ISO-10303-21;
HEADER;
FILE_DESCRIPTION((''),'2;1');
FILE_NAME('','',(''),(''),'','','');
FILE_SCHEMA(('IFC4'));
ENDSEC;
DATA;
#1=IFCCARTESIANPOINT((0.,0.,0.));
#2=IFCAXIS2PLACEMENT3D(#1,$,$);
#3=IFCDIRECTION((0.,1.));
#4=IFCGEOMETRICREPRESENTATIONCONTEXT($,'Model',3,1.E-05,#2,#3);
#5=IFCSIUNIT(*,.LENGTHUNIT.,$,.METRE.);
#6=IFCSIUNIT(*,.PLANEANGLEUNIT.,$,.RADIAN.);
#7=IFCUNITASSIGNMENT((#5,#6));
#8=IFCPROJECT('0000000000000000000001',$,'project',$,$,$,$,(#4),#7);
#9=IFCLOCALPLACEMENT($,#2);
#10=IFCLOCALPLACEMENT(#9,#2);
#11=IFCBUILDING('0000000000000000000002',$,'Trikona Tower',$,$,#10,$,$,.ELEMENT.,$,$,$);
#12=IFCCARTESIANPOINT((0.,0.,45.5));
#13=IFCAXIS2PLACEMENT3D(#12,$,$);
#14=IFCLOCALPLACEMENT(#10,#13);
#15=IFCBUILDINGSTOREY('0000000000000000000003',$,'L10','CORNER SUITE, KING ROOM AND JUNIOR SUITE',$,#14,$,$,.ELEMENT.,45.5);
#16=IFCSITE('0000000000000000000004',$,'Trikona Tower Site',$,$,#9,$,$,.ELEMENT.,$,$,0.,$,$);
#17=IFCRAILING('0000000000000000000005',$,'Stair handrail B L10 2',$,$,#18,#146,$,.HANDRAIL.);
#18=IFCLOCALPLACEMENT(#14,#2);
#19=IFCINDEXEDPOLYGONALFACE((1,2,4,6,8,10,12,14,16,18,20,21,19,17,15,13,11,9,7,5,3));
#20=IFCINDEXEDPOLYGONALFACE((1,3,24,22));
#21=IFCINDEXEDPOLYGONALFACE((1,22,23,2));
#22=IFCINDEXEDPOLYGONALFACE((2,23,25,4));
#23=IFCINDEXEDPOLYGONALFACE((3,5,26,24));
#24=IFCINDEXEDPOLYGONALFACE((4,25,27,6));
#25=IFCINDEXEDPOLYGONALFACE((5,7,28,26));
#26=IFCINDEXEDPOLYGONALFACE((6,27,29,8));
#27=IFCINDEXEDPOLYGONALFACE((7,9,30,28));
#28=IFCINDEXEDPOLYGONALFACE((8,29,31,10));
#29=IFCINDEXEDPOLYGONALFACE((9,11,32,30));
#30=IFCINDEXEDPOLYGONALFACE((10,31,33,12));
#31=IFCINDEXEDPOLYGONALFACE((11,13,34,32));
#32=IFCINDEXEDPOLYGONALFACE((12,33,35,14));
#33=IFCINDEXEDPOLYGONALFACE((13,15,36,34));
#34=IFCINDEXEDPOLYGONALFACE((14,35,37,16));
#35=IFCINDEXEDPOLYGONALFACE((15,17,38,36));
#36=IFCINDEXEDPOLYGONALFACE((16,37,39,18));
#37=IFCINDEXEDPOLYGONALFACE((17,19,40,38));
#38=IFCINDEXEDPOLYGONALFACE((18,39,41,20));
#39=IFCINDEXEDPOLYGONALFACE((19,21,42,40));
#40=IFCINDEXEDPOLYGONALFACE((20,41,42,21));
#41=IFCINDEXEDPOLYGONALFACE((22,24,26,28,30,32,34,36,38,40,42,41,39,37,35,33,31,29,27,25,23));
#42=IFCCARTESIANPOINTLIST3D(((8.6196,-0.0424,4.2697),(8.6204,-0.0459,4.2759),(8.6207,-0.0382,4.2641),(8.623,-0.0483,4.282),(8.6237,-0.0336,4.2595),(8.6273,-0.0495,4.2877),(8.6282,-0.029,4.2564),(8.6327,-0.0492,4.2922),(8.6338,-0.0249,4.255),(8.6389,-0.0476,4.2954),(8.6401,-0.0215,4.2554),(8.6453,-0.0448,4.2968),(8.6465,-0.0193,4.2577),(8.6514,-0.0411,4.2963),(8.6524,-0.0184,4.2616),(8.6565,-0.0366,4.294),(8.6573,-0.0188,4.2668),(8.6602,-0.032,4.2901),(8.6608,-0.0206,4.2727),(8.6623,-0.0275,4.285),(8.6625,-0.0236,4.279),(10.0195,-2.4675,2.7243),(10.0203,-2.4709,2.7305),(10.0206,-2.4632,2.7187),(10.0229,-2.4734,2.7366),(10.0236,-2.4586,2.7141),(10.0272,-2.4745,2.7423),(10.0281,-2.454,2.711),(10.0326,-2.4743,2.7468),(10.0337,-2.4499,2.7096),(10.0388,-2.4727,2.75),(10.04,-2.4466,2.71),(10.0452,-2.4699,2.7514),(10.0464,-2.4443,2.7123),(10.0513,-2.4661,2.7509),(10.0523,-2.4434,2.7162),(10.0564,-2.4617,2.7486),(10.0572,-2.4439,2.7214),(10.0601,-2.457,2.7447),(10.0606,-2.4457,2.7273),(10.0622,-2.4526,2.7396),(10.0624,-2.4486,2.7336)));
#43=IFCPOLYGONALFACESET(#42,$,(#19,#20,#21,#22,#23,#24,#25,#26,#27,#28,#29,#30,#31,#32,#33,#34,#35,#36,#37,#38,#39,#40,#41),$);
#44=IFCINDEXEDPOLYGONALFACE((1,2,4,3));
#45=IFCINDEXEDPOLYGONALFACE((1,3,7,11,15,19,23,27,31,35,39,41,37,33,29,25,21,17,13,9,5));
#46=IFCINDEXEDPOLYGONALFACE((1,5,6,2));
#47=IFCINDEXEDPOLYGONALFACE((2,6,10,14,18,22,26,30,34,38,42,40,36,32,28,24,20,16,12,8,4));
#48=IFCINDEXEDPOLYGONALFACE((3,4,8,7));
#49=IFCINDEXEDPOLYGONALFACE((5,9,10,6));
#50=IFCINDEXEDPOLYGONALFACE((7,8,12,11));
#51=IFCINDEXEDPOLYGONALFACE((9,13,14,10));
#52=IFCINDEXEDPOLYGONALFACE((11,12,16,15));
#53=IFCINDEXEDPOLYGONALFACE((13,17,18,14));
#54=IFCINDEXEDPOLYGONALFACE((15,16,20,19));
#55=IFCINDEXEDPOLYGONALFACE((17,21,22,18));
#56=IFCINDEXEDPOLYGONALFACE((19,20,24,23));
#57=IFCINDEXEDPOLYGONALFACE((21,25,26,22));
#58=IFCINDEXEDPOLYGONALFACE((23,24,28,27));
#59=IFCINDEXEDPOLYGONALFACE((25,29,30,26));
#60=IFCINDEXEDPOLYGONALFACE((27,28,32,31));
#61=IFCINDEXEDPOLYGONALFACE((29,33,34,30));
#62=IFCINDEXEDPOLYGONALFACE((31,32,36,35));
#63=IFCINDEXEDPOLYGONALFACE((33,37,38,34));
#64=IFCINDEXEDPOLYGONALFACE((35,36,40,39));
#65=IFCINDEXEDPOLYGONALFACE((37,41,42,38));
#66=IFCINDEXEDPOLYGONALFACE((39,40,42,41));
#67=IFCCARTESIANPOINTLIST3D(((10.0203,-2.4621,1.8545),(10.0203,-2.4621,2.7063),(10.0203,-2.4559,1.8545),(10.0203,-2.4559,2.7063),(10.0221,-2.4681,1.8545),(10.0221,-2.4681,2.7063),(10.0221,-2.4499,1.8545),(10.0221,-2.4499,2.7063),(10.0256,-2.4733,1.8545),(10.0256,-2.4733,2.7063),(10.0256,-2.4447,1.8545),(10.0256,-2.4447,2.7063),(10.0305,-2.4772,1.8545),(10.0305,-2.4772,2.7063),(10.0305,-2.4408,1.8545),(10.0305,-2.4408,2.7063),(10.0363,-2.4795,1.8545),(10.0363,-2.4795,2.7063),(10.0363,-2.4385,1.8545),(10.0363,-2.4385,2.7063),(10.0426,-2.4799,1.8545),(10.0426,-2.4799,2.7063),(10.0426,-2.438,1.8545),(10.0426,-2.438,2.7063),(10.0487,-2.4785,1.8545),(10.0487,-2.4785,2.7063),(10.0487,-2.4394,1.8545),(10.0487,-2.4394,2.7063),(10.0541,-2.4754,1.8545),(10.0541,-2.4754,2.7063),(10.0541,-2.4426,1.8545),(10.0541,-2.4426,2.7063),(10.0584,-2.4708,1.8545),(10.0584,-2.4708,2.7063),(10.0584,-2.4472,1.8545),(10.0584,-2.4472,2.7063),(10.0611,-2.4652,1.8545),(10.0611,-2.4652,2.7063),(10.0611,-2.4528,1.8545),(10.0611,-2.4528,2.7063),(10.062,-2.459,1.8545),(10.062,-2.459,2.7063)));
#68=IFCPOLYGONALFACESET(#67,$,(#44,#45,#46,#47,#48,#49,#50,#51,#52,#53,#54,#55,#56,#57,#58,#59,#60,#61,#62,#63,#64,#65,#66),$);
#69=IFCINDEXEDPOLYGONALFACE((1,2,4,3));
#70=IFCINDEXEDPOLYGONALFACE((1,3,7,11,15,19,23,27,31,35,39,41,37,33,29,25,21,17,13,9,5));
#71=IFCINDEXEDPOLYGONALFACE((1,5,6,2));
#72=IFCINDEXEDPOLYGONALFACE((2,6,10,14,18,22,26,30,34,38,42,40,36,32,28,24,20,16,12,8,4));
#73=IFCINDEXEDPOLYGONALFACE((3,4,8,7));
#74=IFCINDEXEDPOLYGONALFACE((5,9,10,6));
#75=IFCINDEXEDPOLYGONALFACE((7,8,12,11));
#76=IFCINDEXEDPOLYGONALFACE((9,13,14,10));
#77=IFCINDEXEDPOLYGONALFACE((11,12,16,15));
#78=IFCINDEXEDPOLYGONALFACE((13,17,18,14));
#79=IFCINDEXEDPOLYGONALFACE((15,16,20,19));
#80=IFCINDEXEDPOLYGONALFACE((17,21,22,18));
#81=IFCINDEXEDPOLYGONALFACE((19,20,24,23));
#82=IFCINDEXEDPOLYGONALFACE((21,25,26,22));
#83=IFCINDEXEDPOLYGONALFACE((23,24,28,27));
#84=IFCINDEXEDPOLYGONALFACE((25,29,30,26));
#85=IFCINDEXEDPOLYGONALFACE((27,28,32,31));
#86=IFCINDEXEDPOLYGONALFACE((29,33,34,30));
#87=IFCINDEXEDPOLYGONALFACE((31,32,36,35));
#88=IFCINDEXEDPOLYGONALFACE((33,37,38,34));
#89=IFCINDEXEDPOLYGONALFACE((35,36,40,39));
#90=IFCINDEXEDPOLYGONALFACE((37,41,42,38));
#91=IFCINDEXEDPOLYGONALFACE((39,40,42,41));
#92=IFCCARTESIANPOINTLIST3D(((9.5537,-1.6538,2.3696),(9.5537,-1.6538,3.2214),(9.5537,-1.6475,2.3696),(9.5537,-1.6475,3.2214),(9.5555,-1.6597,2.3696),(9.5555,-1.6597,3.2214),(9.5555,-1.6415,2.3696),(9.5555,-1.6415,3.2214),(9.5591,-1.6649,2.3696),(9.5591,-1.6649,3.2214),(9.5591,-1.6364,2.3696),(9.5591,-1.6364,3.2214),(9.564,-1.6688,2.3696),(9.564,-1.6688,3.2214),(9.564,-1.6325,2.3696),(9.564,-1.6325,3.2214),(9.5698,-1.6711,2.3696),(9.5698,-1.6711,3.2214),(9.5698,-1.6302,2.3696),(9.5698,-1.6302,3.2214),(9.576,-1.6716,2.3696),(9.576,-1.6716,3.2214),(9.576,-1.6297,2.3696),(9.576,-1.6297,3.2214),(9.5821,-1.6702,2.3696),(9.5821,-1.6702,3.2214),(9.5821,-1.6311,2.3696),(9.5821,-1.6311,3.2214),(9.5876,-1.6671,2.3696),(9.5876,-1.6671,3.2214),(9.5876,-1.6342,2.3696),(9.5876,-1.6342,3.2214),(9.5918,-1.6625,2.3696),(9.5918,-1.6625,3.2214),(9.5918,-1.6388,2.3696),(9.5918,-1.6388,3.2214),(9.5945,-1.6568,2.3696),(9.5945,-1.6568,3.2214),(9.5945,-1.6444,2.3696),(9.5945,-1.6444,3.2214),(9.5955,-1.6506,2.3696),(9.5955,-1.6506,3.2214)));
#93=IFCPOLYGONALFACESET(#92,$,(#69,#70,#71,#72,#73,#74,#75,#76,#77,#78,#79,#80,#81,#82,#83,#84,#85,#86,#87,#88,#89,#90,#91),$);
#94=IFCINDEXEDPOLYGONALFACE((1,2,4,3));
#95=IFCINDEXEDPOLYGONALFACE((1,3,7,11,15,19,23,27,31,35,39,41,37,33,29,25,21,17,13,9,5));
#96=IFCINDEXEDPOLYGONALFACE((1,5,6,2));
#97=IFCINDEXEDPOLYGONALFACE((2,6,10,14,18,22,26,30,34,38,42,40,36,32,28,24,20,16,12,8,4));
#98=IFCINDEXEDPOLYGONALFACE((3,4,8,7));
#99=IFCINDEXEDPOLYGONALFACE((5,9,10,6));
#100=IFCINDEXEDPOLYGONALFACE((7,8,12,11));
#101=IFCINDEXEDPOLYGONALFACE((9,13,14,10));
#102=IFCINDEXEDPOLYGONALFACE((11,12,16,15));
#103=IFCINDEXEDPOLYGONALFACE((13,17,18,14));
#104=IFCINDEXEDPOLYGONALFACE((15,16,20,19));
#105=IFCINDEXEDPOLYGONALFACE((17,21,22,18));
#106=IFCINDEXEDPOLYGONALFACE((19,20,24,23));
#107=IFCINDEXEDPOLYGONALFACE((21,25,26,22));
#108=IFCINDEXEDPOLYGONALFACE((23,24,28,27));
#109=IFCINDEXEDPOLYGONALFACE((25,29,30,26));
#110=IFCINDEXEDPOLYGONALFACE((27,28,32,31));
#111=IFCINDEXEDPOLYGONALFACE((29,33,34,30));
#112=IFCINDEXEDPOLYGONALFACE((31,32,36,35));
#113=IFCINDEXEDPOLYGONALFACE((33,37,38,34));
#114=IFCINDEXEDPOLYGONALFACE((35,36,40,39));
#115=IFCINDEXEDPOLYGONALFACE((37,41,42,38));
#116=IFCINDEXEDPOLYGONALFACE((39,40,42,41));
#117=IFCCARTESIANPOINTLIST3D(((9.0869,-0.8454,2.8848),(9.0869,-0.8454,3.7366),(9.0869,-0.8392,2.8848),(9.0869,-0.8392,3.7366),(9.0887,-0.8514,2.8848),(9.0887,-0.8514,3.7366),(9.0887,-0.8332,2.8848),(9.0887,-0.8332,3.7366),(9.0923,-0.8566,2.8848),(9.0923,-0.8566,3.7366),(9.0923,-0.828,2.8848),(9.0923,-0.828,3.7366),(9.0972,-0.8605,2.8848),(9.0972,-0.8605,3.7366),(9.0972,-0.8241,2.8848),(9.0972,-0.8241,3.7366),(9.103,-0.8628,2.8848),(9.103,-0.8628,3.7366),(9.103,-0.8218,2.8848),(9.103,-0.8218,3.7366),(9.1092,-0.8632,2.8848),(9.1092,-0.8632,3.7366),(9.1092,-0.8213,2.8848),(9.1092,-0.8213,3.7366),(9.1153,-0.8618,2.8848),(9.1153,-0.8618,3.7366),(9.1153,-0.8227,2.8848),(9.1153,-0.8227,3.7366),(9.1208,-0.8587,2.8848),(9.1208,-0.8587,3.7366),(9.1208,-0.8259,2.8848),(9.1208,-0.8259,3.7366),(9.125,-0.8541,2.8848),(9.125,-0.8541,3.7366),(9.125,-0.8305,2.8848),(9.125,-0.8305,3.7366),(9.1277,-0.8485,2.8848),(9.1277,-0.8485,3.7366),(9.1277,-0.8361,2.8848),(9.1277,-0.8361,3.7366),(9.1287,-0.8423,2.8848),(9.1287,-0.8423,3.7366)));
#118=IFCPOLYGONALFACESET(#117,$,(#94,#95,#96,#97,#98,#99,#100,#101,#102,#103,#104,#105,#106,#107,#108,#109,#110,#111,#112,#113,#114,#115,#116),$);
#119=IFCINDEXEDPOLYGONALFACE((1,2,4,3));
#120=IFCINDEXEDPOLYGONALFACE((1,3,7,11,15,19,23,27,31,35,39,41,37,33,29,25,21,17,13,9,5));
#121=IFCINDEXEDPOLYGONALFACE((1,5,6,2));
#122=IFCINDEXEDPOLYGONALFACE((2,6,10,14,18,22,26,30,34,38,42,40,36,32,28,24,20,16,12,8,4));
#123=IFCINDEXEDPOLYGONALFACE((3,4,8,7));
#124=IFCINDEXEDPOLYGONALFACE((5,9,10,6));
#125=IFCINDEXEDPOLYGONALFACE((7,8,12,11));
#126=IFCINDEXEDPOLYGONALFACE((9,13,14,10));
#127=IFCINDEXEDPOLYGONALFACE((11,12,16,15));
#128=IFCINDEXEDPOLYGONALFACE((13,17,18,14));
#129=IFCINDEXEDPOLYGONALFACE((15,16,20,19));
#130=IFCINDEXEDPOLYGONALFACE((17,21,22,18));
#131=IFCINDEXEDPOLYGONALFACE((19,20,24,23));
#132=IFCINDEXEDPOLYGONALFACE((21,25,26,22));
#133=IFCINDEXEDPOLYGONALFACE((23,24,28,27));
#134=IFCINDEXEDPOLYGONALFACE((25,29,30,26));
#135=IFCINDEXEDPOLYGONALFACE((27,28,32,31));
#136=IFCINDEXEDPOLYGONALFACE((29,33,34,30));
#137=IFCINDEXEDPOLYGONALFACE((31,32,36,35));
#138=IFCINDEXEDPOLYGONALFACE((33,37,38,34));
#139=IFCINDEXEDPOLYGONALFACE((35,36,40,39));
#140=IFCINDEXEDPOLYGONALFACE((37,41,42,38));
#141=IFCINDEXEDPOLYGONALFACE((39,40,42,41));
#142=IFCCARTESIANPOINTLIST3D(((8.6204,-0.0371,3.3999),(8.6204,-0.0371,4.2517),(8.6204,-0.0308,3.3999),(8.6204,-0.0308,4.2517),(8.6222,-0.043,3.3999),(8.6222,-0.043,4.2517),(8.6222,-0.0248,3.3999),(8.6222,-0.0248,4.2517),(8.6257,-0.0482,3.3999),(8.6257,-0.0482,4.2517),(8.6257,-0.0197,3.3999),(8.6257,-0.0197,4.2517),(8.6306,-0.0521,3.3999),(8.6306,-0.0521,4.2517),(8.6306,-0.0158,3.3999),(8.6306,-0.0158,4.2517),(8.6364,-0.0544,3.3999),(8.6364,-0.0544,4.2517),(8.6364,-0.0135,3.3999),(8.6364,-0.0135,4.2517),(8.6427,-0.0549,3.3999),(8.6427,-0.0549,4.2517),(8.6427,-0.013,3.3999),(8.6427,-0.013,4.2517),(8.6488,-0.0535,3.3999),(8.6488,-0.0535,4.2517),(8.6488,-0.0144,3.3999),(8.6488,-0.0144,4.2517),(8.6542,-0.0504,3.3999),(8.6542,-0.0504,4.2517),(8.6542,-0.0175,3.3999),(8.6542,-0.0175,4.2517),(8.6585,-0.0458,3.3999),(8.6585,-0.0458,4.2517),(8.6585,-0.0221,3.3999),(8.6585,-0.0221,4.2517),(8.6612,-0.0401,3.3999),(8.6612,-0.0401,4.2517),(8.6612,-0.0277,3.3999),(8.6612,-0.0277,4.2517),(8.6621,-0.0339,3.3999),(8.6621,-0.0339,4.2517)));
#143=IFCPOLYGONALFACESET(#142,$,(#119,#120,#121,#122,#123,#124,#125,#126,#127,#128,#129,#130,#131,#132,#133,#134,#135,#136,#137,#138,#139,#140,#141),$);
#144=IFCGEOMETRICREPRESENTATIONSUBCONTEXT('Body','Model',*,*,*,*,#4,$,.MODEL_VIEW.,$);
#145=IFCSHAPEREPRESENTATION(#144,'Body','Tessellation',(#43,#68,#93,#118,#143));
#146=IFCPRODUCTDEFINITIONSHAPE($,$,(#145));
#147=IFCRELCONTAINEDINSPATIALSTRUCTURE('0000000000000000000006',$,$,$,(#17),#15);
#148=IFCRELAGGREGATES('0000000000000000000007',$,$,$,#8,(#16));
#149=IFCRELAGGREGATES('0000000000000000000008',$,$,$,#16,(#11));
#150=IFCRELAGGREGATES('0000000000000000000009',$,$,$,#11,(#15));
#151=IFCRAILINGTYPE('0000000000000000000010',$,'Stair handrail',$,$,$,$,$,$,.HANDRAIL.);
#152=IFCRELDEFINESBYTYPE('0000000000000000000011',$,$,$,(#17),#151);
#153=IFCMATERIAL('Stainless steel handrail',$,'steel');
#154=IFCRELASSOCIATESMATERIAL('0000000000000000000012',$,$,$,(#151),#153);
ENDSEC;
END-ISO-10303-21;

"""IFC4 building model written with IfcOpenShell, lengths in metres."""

from ifc_helpers import new_model, si_unit, direction, frame, origin, origin_2d, place, context, subcontext, project, spatial, circle, extrude, material, type_object, element, save


model = new_model("IFC4")

# Units and contexts
model_context = context("Model", 3, precision=1e-05, world=origin(), true_north=direction((0.0, 1.0)))
body_context = subcontext(model_context, "Body", "Model", "MODEL_VIEW")
ifc_project = project(units=[si_unit("LENGTHUNIT", "METRE"), si_unit("PLANEANGLEUNIT", "RADIAN")], contexts=[model_context])

# Site, building, storey
site_placement = place(None, origin())
site = spatial("IfcSite", under=ifc_project, at=site_placement, Name="Trikona Tower Site", CompositionType="ELEMENT", RefElevation=0.0)
building_placement = place(site_placement, origin())
building = spatial("IfcBuilding", under=site, at=building_placement, Name="Trikona Tower", CompositionType="ELEMENT")
storey_placement = place(building_placement, frame((0.0, 0.0, 45.5)))
storey = spatial("IfcBuildingStorey", under=building, at=storey_placement, Name="L10", Description="CORNER SUITE, KING ROOM AND JUNIOR SUITE", CompositionType="ELEMENT", Elevation=45.5)

# Railing
ifc_material_1 = material(Name="Stainless steel handrail", Category="steel")
railing_type = type_object("IfcRailingType", Name="Stair handrail", PredefinedType="HANDRAIL", material=ifc_material_1)
railing_placement = place(storey_placement, frame((10.041, -2.459, 1.8545)))
element("IfcRailing", 1, at=railing_placement, inside=storey, type_object=railing_type, Name="Stair handrail B L10 2", PredefinedType="HANDRAIL", context=body_context, shape_type="SweptSolid", body=[
    extrude(circle(Radius=0.0239, at=origin_2d()), frame((0.0, 0.0, 0.876), z_axis=(-0.437707, 0.75824, 0.483203), x_axis=(-0.866056, -0.499946, 0.0)), (0.0, 0.0, 1.0), 3.1982),
    extrude(circle(Radius=0.021, at=origin_2d()), origin(), (0.0, 0.0, 1.0), 0.8518),
    extrude(circle(Radius=0.021, at=origin_2d()), frame((-0.4666, 0.8083, 0.5151)), (0.0, 0.0, 1.0), 0.8518),
    extrude(circle(Radius=0.021, at=origin_2d()), frame((-0.9333, 1.6167, 1.0303)), (0.0, 0.0, 1.0), 0.8518),
    extrude(circle(Radius=0.021, at=origin_2d()), frame((-1.3999, 2.425, 1.5454)), (0.0, 0.0, 1.0), 0.8518),
])

save(model, "model.ifc")
